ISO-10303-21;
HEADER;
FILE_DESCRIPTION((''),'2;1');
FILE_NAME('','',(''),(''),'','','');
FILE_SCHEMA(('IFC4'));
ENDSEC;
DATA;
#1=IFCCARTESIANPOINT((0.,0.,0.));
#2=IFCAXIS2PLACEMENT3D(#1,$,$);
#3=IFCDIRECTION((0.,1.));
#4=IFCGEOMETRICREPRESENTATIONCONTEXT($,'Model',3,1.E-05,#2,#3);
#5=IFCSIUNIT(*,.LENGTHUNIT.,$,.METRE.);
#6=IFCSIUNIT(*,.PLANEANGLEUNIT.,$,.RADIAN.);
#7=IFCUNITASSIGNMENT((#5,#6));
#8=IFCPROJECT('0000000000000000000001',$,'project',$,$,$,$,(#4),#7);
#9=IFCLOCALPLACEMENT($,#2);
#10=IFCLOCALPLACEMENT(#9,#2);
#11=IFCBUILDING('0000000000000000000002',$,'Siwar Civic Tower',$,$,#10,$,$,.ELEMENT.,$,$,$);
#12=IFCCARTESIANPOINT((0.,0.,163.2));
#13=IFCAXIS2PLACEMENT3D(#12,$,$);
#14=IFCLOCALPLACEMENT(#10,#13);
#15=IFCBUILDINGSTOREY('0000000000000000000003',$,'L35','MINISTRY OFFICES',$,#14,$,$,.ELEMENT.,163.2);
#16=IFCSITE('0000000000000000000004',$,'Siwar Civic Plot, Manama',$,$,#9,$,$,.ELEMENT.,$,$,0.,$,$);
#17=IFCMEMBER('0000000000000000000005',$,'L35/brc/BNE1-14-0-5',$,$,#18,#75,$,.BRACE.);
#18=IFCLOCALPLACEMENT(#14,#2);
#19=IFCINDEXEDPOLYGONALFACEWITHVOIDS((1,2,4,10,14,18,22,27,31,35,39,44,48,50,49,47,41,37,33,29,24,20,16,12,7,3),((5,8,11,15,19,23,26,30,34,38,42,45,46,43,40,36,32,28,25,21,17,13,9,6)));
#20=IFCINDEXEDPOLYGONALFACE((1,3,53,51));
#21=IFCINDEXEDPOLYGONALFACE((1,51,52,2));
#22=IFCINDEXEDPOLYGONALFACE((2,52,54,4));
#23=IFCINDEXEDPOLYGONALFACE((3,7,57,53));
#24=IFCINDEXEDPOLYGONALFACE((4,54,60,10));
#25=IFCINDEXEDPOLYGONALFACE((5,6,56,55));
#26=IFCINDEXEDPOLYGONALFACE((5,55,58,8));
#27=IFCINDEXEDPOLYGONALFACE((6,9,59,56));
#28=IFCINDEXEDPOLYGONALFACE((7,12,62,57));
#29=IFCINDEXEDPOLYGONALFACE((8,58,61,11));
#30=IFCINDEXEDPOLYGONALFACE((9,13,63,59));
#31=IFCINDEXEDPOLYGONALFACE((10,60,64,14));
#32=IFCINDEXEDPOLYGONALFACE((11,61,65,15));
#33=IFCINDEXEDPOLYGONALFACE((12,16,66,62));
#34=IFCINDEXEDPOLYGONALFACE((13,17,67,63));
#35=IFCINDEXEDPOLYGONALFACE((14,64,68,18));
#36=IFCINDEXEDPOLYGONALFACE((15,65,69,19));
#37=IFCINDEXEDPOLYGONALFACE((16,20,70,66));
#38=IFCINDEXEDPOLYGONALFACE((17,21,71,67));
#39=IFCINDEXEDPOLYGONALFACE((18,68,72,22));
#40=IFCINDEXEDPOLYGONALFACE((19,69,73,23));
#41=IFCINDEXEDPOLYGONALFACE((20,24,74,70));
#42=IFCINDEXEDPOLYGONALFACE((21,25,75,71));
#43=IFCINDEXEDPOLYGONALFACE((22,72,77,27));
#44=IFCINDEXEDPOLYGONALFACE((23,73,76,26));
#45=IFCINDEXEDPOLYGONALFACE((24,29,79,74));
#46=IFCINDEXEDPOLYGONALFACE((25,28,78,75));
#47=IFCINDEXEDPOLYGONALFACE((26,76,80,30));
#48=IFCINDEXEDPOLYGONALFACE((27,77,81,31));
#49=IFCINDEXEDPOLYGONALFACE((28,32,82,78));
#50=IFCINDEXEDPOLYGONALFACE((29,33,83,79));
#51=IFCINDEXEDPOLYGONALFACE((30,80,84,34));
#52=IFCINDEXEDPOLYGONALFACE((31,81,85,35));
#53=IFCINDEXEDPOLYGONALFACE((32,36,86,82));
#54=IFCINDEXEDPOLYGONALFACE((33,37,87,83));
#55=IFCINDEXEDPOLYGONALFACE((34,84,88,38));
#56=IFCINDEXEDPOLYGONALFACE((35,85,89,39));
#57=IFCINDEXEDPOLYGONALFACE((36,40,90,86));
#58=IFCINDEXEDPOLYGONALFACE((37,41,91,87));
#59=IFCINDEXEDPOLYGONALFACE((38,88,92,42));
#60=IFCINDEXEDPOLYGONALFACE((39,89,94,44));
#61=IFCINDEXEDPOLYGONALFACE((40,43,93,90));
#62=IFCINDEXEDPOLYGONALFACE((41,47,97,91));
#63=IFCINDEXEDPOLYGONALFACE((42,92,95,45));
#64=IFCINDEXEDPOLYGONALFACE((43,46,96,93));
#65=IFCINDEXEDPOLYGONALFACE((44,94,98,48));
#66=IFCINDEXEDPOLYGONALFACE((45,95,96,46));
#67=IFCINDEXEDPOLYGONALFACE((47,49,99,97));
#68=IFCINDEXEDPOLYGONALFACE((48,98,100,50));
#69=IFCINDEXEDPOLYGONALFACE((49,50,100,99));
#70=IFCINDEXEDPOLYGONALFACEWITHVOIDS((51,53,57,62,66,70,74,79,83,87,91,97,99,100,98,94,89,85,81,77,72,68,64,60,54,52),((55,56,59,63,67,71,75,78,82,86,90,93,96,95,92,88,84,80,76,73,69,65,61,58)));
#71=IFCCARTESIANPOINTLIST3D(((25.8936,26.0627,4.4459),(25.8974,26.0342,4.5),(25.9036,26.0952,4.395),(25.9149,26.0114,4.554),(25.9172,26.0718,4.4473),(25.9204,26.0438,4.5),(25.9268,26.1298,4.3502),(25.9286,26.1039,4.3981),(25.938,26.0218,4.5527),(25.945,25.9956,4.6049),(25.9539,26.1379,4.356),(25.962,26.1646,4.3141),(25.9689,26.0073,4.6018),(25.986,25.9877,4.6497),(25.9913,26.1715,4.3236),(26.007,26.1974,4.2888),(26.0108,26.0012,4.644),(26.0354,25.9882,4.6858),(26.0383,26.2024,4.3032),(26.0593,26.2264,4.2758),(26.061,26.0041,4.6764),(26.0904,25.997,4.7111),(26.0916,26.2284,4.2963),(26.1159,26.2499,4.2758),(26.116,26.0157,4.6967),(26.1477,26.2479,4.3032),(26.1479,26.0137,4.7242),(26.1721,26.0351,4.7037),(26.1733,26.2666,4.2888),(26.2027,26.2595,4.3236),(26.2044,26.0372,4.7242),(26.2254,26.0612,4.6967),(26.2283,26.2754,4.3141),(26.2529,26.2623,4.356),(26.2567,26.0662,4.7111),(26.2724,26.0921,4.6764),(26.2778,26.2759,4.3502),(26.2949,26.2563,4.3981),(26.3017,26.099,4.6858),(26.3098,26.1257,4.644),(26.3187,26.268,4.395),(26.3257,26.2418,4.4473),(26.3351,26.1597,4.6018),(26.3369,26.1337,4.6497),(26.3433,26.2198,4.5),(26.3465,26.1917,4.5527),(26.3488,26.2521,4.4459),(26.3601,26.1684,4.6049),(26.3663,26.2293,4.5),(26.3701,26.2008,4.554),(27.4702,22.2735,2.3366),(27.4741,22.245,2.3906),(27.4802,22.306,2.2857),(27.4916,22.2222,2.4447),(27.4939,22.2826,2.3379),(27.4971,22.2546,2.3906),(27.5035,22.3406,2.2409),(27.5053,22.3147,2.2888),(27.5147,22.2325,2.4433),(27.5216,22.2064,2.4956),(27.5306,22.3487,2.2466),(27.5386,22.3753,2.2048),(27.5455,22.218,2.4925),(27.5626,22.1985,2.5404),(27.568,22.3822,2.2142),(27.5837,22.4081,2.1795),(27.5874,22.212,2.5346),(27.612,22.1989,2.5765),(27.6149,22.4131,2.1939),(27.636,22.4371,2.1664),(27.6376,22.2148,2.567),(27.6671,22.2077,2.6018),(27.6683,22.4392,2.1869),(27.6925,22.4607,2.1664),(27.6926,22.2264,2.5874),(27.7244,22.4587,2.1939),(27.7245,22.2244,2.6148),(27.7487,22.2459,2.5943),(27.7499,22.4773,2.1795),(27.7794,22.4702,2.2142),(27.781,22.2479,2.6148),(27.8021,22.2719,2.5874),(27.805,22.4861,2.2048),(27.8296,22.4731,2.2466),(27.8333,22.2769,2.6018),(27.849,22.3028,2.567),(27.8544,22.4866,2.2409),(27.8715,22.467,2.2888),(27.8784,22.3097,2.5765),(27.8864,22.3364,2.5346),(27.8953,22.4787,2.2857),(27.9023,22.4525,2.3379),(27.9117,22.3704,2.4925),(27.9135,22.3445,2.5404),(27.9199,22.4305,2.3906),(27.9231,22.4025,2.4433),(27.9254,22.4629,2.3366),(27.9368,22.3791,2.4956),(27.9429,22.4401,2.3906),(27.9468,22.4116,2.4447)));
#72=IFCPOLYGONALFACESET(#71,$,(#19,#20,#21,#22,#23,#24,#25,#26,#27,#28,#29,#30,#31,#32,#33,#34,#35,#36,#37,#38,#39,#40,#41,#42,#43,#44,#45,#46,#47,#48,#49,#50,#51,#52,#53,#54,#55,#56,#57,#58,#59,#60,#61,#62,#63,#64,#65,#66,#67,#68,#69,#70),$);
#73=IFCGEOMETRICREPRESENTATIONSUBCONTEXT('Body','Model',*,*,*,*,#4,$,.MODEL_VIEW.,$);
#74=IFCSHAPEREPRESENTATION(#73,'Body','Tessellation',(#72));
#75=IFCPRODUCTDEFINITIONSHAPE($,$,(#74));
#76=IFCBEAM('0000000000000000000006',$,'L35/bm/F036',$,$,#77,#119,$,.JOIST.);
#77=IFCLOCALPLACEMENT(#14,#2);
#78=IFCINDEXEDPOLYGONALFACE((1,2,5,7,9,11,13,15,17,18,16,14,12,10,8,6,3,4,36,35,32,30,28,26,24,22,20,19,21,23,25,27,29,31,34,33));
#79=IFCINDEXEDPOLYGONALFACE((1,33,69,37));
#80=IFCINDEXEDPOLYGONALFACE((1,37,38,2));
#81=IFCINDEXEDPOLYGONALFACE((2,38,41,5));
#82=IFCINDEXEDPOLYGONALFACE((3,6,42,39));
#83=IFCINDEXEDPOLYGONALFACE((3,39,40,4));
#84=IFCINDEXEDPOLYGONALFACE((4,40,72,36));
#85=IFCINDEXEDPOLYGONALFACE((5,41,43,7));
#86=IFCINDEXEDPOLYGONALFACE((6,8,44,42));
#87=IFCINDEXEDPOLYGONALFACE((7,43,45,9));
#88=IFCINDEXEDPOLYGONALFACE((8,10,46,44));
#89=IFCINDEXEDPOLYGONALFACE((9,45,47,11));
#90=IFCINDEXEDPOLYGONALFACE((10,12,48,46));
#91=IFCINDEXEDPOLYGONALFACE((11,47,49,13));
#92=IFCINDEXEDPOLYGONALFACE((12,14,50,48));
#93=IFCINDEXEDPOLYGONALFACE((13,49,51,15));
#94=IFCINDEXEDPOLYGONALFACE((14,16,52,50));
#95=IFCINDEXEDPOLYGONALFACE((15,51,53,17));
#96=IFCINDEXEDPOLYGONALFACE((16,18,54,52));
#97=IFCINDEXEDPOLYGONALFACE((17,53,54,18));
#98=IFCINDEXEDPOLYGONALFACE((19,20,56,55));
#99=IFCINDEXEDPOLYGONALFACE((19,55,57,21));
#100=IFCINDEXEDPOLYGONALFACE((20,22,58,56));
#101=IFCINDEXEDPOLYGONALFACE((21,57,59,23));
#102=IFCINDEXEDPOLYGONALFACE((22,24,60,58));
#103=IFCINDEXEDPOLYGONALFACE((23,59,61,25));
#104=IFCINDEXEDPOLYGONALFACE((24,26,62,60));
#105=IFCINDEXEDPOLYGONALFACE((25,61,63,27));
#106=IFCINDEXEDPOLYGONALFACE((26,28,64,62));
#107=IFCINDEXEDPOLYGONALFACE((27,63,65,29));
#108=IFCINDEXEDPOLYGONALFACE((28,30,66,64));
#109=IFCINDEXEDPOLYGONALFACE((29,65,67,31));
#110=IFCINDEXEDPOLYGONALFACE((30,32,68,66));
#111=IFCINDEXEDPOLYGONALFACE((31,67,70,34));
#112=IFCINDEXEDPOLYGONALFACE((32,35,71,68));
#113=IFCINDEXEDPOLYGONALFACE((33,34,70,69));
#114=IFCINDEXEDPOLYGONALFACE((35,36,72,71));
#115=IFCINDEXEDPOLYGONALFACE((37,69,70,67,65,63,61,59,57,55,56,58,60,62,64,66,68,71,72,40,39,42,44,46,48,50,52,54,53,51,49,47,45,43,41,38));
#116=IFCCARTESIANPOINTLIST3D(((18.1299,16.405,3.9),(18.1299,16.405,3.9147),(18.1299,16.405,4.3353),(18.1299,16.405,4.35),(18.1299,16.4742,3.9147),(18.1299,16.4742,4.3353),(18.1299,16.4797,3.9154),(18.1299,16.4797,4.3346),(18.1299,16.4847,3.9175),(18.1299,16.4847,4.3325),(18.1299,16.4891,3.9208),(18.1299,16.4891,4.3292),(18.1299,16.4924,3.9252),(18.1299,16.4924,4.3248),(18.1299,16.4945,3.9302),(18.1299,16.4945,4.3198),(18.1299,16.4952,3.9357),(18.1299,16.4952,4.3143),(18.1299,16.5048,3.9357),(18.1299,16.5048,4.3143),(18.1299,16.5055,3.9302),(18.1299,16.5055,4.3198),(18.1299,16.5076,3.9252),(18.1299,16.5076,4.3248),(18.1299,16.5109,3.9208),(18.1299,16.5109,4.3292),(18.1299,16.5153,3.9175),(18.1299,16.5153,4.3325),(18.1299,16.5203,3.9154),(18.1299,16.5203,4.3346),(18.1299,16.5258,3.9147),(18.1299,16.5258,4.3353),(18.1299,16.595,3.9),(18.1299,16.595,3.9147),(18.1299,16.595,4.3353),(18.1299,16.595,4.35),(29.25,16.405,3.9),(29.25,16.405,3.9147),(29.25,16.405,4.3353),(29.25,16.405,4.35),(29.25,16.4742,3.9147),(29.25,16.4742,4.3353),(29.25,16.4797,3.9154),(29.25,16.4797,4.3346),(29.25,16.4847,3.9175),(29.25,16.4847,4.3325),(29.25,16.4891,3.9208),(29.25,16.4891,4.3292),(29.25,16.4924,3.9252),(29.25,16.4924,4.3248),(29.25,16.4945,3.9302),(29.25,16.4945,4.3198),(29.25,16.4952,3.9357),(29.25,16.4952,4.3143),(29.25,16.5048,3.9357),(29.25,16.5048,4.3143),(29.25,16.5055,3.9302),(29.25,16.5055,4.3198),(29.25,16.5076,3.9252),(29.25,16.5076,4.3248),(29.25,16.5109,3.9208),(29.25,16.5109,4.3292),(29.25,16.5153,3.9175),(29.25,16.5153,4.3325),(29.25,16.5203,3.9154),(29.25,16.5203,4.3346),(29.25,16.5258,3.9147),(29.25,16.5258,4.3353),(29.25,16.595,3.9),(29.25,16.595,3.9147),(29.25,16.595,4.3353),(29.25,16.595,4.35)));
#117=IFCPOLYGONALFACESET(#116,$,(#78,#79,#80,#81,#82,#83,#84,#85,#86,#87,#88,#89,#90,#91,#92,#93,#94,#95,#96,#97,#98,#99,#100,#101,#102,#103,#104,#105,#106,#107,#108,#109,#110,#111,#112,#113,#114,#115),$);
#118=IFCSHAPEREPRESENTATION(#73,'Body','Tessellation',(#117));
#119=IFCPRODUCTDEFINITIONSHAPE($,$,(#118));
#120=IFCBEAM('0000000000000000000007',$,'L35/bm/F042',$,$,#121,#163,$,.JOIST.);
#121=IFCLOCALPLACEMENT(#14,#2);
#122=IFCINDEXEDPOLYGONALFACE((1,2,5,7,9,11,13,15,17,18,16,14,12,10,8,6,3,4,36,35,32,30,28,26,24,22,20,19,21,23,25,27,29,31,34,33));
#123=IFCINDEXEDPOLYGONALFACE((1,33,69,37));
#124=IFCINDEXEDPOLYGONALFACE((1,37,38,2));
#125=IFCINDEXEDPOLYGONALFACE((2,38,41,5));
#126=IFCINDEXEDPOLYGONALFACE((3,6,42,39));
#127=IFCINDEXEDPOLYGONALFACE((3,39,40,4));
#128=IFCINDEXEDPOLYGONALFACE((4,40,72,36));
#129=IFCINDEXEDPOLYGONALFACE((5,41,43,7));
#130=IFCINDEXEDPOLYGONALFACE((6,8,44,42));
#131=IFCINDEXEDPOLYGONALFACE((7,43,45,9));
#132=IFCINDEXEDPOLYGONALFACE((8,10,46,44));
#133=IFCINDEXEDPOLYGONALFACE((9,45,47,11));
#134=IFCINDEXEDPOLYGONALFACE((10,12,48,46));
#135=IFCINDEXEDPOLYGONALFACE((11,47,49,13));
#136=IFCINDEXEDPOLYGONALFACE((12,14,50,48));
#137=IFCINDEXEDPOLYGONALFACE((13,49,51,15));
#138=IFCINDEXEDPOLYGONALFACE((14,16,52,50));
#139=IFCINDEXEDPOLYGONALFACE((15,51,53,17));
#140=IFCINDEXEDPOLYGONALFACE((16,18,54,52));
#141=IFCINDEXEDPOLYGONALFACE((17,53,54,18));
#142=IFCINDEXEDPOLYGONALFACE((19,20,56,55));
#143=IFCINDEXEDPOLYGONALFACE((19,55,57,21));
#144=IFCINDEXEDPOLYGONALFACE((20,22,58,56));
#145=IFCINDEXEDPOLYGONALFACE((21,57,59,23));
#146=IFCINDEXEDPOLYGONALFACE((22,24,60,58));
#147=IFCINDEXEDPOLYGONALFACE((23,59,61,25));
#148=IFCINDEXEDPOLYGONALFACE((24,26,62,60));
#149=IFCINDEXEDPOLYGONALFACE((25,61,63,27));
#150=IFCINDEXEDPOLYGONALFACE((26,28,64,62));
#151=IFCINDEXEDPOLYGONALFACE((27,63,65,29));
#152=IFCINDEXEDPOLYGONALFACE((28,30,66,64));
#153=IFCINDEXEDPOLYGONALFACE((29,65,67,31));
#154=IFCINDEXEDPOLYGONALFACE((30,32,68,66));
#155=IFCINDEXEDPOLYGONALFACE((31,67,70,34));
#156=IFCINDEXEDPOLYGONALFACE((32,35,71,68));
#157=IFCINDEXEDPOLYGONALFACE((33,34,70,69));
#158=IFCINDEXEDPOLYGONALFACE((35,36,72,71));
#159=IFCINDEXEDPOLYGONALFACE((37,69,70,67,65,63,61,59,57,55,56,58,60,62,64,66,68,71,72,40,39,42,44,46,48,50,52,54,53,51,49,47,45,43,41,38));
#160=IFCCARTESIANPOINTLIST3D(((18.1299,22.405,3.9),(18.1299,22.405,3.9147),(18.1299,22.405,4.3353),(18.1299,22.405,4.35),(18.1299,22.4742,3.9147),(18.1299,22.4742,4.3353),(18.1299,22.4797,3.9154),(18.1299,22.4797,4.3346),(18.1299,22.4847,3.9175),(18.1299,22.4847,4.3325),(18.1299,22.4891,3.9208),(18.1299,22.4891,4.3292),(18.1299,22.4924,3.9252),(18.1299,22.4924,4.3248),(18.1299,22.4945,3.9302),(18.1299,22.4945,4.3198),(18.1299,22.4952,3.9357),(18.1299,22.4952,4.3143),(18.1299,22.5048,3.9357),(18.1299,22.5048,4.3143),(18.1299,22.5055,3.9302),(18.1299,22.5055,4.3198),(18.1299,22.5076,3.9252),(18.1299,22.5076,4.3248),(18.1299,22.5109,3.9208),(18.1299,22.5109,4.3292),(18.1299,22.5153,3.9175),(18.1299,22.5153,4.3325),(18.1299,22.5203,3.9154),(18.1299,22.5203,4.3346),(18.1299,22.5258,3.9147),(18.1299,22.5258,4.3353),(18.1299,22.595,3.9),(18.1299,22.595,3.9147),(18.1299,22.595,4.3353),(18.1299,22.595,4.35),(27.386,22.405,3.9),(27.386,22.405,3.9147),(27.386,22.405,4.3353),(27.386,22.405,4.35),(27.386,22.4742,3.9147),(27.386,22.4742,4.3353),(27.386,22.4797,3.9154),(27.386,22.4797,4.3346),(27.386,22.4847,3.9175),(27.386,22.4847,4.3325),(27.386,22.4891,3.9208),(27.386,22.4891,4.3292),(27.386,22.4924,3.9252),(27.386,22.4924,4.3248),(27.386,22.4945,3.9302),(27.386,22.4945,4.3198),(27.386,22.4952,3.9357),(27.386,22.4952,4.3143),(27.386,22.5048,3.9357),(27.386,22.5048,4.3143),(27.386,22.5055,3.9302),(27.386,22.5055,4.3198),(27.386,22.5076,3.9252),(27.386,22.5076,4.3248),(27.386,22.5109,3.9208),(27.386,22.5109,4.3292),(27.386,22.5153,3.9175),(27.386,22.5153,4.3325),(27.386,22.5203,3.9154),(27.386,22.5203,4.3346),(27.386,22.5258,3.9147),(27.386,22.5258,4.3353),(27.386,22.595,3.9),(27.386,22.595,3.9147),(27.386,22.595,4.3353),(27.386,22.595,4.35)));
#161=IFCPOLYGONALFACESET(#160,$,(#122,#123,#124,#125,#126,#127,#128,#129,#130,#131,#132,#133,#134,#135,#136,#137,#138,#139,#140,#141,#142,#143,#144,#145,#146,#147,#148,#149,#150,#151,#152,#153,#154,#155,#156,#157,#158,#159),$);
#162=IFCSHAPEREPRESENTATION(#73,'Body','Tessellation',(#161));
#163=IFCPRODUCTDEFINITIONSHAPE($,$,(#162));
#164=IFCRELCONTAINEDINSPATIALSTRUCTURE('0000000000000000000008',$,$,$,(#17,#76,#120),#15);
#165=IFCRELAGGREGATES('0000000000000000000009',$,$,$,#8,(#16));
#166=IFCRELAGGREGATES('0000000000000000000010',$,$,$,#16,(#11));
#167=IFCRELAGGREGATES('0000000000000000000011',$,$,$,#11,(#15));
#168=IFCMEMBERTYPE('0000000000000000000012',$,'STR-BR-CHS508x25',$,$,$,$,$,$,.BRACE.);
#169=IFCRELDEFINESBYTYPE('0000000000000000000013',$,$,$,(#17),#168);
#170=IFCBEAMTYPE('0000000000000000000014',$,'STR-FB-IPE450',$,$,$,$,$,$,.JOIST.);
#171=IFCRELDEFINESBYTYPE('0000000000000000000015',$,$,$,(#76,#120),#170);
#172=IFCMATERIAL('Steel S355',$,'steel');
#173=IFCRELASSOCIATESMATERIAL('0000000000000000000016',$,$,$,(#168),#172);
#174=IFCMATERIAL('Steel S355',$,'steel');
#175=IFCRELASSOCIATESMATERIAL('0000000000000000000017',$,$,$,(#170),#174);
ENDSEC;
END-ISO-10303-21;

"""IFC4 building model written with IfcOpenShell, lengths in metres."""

from ifc_helpers import new_model, si_unit, direction, frame, origin, origin_2d, place, context, subcontext, project, spatial, hollow_circle, i_section, extrude, material, material_profile, profile_set, type_object, element, save


model = new_model("IFC4")

# Units and contexts
model_context = context("Model", 3, precision=1e-05, world=origin(), true_north=direction((0.0, 1.0)))
body_context = subcontext(model_context, "Body", "Model", "MODEL_VIEW")
ifc_project = project(units=[si_unit("LENGTHUNIT", "METRE"), si_unit("PLANEANGLEUNIT", "RADIAN")], contexts=[model_context])

# Site, building, storey
site_placement = place(None, origin())
site = spatial("IfcSite", under=ifc_project, at=site_placement, Name="Siwar Civic Plot, Manama", CompositionType="ELEMENT", RefElevation=0.0)
building_placement = place(site_placement, origin())
building = spatial("IfcBuilding", under=site, at=building_placement, Name="Siwar Civic Tower", CompositionType="ELEMENT")
storey_placement = place(building_placement, frame((0.0, 0.0, 163.2)))
storey = spatial("IfcBuildingStorey", under=building, at=storey_placement, Name="L35", Description="MINISTRY OFFICES", CompositionType="ELEMENT", Elevation=163.2)

# Member
ifc_material_1 = material(Name="Steel S355", Category="steel")
ifc_material_profile_1 = material_profile(ifc_material_1, hollow_circle(Radius=0.2539, WallThickness=0.0249, at=origin_2d()), Name="CHS508x25")
ifc_profile_set_1 = profile_set([ifc_material_profile_1], Name="Steel S355")
member_type_1 = type_object("IfcMemberType", Name="STR-BR-CHS508x25", PredefinedType="BRACE", material=ifc_profile_set_1)
for number, where, z_axis, x_axis, name in (
    (1, (27.7085, 22.3425, 2.3906), (-0.341671, 0.821163, 0.457113), (-0.923269, -0.384155, 0.0), "L35/brc/BNE1-14-0-5"),
):
    element("IfcMember", number, at=place(storey_placement, frame(where, z_axis=z_axis, x_axis=x_axis)), inside=storey, type_object=member_type_1, Name=name, PredefinedType="BRACE", context=body_context, shape_type="SweptSolid", body=[
        extrude(hollow_circle(Radius=0.2539, WallThickness=0.0249, at=origin_2d()), origin(), (0.0, 0.0, 1.0), 4.6145),
    ])

# Beams
ifc_material_2 = material(Name="Steel S355", Category="steel")
ifc_material_profile_2 = material_profile(ifc_material_2, i_section(OverallWidth=0.1899, OverallDepth=0.45, WebThickness=0.0095, FlangeThickness=0.0146, FilletRadius=0.021, at=origin_2d()), Name="IPE450")
ifc_profile_set_2 = profile_set([ifc_material_profile_2], Name="Steel S355")
beam_type_1 = type_object("IfcBeamType", Name="STR-FB-IPE450", PredefinedType="JOIST", material=ifc_profile_set_2)
beam_1_placement = place(storey_placement, frame((18.1299, 16.5, 4.125), z_axis=(1.0, 0.0, 0.0), x_axis=(0.0, 1.0, 0.0)))
element("IfcBeam", 2, at=beam_1_placement, inside=storey, type_object=beam_type_1, Name="L35/bm/F036", PredefinedType="JOIST", context=body_context, shape_type="SweptSolid", body=[
    extrude(i_section(OverallWidth=0.1899, OverallDepth=0.45, WebThickness=0.0095, FlangeThickness=0.0146, FilletRadius=0.021, at=origin_2d()), origin(), (0.0, 0.0, 1.0), 11.1201),
])
beam_2_placement = place(storey_placement, frame((18.1299, 22.5, 4.125), z_axis=(1.0, 0.0, 0.0), x_axis=(0.0, 1.0, 0.0)))
element("IfcBeam", 3, at=beam_2_placement, inside=storey, type_object=beam_type_1, Name="L35/bm/F042", PredefinedType="JOIST", context=body_context, shape_type="SweptSolid", body=[
    extrude(i_section(OverallWidth=0.1899, OverallDepth=0.45, WebThickness=0.0095, FlangeThickness=0.0146, FilletRadius=0.021, at=origin_2d()), origin(), (0.0, 0.0, 1.0), 9.2561),
])

save(model, "model.ifc")
